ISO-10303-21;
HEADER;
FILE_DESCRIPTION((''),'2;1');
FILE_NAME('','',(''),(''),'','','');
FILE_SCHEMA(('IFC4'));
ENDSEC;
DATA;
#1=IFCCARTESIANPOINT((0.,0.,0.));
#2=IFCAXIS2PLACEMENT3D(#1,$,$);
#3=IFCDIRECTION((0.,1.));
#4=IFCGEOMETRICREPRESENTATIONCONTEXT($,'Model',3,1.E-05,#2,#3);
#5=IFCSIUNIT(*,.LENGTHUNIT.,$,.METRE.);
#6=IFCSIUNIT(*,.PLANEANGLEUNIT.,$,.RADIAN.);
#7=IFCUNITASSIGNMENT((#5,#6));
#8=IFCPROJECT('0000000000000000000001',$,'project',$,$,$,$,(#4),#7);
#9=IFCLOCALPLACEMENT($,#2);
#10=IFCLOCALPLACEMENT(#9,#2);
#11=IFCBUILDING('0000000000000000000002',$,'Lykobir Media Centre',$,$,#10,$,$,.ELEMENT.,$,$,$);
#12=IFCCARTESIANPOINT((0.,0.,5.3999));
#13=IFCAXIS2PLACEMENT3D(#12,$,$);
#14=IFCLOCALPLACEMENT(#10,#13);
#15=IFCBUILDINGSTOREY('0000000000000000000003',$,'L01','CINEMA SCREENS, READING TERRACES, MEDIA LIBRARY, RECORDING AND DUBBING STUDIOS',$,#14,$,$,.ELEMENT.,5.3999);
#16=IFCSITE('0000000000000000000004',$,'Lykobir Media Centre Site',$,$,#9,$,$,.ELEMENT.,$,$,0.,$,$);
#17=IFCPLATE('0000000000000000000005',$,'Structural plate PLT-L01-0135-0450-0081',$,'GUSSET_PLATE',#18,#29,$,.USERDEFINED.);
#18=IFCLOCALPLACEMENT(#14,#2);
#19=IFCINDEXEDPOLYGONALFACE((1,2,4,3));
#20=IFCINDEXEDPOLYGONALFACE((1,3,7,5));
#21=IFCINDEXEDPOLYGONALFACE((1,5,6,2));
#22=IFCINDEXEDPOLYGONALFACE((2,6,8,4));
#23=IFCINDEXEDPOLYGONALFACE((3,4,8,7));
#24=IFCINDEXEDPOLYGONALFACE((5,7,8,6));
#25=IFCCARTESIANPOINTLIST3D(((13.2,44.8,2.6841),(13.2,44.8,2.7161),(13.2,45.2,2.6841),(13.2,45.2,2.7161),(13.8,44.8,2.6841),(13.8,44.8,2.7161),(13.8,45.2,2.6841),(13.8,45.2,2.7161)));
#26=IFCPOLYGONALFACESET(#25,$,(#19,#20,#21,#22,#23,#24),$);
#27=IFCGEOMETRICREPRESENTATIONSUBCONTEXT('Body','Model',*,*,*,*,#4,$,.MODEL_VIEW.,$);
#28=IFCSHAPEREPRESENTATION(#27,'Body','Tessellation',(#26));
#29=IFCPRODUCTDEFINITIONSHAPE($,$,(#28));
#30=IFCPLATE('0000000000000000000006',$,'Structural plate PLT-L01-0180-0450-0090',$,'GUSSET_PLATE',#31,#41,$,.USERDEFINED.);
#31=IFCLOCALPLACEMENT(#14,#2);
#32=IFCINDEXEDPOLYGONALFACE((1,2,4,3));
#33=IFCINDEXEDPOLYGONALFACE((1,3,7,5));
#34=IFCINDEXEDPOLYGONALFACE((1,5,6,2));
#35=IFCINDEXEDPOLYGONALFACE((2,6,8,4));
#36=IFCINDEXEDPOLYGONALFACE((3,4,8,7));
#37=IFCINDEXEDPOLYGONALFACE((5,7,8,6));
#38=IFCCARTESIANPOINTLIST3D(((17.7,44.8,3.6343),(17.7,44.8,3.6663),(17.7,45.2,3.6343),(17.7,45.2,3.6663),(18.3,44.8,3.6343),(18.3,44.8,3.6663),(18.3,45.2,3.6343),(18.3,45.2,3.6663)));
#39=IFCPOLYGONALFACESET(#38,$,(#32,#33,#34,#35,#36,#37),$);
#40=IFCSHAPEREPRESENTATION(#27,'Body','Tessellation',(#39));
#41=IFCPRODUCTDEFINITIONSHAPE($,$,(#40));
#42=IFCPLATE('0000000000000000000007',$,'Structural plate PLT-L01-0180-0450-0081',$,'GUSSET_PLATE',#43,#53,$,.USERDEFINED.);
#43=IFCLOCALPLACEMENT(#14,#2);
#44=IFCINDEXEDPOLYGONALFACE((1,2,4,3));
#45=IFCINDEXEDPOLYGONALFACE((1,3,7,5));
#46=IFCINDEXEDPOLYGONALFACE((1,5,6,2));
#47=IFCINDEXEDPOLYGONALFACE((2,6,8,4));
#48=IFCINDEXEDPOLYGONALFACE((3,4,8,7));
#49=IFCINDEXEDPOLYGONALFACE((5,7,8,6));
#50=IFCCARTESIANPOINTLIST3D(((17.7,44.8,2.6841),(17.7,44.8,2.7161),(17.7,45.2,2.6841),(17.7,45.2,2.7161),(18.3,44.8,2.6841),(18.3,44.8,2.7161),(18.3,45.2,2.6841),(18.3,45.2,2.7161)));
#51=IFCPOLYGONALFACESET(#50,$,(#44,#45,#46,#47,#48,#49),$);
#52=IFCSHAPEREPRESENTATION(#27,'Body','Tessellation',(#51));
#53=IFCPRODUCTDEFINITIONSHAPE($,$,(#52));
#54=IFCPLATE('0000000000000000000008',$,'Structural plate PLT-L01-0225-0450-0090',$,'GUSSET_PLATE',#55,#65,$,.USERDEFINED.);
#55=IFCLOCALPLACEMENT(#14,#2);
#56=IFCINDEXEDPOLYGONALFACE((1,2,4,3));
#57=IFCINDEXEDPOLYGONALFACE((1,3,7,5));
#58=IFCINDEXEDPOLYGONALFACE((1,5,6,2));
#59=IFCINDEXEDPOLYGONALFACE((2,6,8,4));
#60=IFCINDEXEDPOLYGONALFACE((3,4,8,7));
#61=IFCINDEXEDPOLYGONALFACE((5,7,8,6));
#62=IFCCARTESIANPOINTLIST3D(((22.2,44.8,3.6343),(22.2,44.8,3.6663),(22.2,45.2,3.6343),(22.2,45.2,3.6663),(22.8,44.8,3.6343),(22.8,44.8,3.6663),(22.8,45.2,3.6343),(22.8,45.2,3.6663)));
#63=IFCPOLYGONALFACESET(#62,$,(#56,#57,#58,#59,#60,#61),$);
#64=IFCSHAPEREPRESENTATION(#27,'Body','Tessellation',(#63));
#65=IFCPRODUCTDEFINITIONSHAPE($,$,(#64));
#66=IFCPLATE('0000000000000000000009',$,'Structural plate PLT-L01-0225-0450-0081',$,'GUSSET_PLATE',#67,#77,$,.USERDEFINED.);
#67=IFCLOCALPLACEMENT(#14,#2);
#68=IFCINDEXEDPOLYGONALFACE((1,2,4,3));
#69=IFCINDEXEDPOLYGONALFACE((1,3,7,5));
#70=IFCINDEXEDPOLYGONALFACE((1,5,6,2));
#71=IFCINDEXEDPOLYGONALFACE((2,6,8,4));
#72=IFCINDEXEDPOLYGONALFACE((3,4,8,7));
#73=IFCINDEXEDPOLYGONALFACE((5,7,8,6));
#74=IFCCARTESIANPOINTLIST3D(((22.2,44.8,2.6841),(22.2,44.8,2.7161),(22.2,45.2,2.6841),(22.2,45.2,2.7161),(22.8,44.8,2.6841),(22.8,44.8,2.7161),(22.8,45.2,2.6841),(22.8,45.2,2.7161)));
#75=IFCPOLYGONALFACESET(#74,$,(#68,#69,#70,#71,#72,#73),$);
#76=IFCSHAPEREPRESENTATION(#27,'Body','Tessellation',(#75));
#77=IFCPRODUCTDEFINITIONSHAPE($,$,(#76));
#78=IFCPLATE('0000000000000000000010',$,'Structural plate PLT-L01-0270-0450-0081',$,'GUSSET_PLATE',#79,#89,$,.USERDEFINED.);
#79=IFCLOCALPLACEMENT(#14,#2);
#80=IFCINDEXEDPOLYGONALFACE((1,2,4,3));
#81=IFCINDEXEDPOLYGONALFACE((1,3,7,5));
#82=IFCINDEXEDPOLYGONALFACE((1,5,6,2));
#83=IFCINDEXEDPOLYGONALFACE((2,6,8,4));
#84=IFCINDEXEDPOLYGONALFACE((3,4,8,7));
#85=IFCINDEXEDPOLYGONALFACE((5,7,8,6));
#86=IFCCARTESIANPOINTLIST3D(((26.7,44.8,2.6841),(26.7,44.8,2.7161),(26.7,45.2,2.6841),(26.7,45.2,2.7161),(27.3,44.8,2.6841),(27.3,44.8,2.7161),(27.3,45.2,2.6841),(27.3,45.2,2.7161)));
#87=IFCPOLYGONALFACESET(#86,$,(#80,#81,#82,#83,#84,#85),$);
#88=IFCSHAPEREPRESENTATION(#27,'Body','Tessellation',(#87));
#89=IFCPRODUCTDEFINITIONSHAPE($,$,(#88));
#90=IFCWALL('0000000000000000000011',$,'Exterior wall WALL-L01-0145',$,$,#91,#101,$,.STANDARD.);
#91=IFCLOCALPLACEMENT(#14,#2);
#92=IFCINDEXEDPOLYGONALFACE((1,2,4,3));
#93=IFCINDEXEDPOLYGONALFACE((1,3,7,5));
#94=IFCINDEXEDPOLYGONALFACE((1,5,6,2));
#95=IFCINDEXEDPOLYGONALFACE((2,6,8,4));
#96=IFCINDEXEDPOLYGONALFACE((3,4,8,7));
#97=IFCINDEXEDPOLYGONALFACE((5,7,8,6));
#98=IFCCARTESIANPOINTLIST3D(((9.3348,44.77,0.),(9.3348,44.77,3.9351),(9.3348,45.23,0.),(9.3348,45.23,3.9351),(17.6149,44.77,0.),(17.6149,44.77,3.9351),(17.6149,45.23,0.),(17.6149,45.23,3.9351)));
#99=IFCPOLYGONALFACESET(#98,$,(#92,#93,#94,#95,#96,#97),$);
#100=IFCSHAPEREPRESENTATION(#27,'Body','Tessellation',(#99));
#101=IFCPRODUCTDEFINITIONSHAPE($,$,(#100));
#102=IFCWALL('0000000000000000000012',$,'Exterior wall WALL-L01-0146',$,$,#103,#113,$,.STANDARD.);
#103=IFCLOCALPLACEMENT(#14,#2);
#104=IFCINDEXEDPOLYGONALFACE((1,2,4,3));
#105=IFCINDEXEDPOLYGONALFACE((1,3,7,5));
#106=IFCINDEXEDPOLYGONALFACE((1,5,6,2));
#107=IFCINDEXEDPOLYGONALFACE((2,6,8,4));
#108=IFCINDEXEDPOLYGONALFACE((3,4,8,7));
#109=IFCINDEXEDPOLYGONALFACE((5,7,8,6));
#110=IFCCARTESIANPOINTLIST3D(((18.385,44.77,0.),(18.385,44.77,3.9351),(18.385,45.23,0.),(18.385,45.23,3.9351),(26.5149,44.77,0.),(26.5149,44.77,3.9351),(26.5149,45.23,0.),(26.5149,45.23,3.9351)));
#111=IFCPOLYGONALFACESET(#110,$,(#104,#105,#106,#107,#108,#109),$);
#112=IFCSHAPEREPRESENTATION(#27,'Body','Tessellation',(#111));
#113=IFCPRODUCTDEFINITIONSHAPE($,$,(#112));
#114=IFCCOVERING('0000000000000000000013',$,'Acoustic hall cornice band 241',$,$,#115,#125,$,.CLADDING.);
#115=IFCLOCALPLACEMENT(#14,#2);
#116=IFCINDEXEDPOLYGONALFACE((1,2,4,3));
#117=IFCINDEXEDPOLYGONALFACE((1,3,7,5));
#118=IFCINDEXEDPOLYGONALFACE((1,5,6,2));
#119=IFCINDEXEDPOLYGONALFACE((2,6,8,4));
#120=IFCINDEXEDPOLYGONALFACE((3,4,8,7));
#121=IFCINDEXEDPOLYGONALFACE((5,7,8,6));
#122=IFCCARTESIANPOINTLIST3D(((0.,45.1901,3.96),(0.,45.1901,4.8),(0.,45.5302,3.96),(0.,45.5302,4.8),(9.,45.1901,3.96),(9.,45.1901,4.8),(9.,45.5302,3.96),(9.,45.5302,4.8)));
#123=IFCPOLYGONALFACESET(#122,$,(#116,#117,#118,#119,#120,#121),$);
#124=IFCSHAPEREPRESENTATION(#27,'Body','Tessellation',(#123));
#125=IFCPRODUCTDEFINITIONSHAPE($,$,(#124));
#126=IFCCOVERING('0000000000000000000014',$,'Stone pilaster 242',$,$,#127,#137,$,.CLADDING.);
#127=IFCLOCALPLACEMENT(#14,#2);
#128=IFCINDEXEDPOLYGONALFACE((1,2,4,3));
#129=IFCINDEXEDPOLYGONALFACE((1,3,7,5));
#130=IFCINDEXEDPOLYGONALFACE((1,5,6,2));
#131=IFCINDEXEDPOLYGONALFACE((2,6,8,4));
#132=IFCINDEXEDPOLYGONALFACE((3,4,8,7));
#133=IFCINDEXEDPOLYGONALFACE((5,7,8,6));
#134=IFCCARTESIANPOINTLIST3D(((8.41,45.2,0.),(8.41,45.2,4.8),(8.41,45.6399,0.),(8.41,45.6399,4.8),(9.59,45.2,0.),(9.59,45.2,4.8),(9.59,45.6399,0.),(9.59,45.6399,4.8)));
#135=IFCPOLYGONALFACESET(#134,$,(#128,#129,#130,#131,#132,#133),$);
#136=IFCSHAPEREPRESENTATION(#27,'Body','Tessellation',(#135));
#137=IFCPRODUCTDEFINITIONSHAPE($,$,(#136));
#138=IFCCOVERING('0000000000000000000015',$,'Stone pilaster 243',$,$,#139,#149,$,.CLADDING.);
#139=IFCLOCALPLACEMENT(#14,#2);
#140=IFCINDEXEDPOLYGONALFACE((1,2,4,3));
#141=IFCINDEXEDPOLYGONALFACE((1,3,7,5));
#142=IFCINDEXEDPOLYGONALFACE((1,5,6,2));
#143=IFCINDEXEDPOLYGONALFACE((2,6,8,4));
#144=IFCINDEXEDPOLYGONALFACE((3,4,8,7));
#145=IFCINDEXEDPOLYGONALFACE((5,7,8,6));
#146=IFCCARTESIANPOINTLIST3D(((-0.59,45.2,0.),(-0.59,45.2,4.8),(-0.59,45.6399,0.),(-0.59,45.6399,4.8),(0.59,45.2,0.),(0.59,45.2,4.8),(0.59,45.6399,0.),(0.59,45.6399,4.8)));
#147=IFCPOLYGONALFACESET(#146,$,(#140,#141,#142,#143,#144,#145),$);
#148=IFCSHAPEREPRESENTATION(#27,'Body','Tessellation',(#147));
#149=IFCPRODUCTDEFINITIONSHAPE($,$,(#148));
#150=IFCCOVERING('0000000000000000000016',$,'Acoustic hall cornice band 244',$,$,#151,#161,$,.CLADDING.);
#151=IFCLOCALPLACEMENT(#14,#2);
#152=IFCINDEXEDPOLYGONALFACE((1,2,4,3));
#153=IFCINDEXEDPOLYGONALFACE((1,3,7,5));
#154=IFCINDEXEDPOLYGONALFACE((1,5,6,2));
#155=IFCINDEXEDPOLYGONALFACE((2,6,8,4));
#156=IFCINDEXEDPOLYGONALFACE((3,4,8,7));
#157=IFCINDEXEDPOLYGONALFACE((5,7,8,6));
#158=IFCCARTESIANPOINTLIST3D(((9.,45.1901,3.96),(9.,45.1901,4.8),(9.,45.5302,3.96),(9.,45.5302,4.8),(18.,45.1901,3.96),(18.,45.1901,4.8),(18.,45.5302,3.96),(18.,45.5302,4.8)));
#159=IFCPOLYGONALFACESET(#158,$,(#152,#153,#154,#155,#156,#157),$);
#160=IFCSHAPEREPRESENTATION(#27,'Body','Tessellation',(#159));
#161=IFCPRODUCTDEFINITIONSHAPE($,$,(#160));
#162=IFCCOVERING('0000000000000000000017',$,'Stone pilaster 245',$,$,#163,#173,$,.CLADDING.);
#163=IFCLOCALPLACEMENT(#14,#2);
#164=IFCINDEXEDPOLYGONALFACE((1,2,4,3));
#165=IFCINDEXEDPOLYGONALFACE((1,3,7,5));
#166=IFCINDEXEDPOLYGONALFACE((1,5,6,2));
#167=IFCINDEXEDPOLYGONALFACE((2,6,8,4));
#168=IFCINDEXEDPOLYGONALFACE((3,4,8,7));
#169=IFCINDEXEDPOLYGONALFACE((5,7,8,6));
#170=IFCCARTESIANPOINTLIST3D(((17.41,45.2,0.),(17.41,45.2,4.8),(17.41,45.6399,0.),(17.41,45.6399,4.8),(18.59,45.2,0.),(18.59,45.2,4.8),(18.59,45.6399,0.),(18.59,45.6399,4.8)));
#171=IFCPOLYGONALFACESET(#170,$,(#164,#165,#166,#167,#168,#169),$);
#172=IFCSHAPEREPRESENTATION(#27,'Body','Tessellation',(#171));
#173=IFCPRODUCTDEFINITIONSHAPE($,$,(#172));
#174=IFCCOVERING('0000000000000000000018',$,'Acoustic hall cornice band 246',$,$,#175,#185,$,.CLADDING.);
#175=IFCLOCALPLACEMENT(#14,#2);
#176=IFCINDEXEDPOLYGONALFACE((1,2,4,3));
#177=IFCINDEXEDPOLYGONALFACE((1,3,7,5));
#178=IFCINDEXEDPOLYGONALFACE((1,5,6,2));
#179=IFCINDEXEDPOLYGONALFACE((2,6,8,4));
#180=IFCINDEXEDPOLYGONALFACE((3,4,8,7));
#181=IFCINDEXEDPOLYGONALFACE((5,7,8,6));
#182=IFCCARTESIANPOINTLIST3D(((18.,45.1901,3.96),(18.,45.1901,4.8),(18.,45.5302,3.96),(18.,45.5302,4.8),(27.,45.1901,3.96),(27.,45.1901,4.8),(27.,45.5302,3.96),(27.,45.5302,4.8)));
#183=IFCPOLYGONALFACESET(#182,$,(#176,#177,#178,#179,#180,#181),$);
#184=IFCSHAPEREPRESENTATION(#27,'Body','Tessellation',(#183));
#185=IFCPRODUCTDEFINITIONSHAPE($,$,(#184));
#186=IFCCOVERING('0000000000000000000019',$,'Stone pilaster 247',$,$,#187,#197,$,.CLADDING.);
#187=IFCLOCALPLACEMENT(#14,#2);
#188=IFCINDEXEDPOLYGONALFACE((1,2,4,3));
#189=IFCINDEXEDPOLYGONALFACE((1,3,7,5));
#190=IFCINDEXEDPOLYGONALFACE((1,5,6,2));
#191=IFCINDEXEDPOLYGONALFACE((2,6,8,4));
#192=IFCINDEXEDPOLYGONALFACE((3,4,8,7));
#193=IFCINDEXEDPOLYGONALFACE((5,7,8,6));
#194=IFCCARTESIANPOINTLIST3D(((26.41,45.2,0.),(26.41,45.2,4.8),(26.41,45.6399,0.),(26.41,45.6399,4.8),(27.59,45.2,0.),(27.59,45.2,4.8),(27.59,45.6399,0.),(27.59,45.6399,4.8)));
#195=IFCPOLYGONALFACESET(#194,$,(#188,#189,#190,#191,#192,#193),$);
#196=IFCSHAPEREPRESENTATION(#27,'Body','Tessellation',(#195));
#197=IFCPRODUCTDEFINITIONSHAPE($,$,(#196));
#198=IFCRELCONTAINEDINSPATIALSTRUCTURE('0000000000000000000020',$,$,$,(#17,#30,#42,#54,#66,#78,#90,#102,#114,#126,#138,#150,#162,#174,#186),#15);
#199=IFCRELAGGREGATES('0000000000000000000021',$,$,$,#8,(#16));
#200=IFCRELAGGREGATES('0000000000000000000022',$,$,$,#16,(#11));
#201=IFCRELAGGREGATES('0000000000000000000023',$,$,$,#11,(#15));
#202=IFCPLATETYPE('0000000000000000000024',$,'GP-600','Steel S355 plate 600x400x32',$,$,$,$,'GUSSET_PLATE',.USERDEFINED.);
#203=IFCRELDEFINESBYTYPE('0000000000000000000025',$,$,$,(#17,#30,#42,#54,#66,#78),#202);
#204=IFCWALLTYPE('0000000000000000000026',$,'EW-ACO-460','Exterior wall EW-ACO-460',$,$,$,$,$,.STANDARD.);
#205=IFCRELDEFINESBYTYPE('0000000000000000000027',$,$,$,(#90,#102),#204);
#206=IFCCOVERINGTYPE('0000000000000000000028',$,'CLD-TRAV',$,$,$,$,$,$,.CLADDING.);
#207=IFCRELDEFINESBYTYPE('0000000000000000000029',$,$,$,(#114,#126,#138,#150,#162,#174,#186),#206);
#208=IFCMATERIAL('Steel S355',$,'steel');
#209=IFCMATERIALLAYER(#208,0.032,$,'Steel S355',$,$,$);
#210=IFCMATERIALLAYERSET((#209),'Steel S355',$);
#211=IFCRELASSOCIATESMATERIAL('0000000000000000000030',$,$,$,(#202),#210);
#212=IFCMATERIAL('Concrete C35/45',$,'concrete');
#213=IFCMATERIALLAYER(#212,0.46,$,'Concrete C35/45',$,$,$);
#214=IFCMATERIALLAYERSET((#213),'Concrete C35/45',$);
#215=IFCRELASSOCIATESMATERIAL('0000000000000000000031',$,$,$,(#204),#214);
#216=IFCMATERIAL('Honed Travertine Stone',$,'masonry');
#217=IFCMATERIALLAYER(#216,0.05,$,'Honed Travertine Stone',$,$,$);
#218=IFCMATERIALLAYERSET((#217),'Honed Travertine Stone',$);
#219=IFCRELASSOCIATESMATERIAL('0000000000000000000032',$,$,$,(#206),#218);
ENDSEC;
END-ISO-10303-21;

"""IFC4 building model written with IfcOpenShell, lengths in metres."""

from ifc_helpers import new_model, si_unit, direction, frame, frame_2d, origin, origin_2d, place, context, subcontext, project, spatial, rectangle, extrude, material, layer, layer_set, type_object, element, save


model = new_model("IFC4")

# Units and contexts
model_context = context("Model", 3, precision=1e-05, world=origin(), true_north=direction((0.0, 1.0)))
body_context = subcontext(model_context, "Body", "Model", "MODEL_VIEW")
ifc_project = project(units=[si_unit("LENGTHUNIT", "METRE"), si_unit("PLANEANGLEUNIT", "RADIAN")], contexts=[model_context])

# Site, building, storey
site_placement = place(None, origin())
site = spatial("IfcSite", under=ifc_project, at=site_placement, Name="Lykobir Media Centre Site", CompositionType="ELEMENT", RefElevation=0.0)
building_placement = place(site_placement, origin())
building = spatial("IfcBuilding", under=site, at=building_placement, Name="Lykobir Media Centre", CompositionType="ELEMENT")
storey_placement = place(building_placement, frame((0.0, 0.0, 5.3999)))
storey = spatial("IfcBuildingStorey", under=building, at=storey_placement, Name="L01", Description="CINEMA SCREENS, READING TERRACES, MEDIA LIBRARY, RECORDING AND DUBBING STUDIOS", CompositionType="ELEMENT", Elevation=5.3999)

# Shared definitions
ifc_material_1 = material(Name="Steel S355", Category="steel")

# Plates
ifc_layer_1 = layer(ifc_material_1, 0.032, Name="Steel S355")
ifc_layer_set_1 = layer_set([ifc_layer_1], Name="Steel S355")
plate_type_1 = type_object("IfcPlateType", Name="GP-600", Description="Steel S355 plate 600x400x32", ElementType="GUSSET_PLATE", PredefinedType="USERDEFINED", material=ifc_layer_set_1)
for number, where, z_axis, x_axis, name in (
    (1, (13.5, 45.0, 2.6841), (0.0, 0.0, 1.0), (1.0, 0.0, 0.0), "Structural plate PLT-L01-0135-0450-0081"),
    (2, (18.0, 45.0, 3.6343), (0.0, 0.0, 1.0), (1.0, 0.0, 0.0), "Structural plate PLT-L01-0180-0450-0090"),
    (3, (18.0, 45.0, 2.6841), (0.0, 0.0, 1.0), (1.0, 0.0, 0.0), "Structural plate PLT-L01-0180-0450-0081"),
    (4, (22.5, 45.0, 3.6343), (0.0, 0.0, 1.0), (1.0, 0.0, 0.0), "Structural plate PLT-L01-0225-0450-0090"),
    (5, (22.5, 45.0, 2.6841), (0.0, 0.0, 1.0), (1.0, 0.0, 0.0), "Structural plate PLT-L01-0225-0450-0081"),
    (6, (27.0, 45.0, 2.6841), (0.0, 0.0, 1.0), (1.0, 0.0, 0.0), "Structural plate PLT-L01-0270-0450-0081"),
):
    element("IfcPlate", number, at=place(storey_placement, frame(where, z_axis=z_axis, x_axis=x_axis)), inside=storey, type_object=plate_type_1, Name=name, ObjectType="GUSSET_PLATE", PredefinedType="USERDEFINED", context=body_context, shape_type="SweptSolid", body=[
        extrude(rectangle(XDim=0.6001, YDim=0.3999, at=origin_2d()), origin(), (0.0, 0.0, 1.0), 0.032),
    ])

# Walls
ifc_material_2 = material(Name="Concrete C35/45", Category="concrete")
ifc_layer_2 = layer(ifc_material_2, 0.46, Name="Concrete C35/45")
ifc_layer_set_2 = layer_set([ifc_layer_2], Name="Concrete C35/45")
wall_type = type_object("IfcWallType", Name="EW-ACO-460", Description="Exterior wall EW-ACO-460", PredefinedType="STANDARD", material=ifc_layer_set_2)
wall_1_placement = place(storey_placement, frame((17.615, 45.0, 0.0), z_axis=(0.0, 0.0, 1.0), x_axis=(-1.0, 0.0, 0.0)))
element("IfcWall", 7, at=wall_1_placement, inside=storey, type_object=wall_type, Name="Exterior wall WALL-L01-0145", PredefinedType="STANDARD", context=body_context, shape_type="SweptSolid", body=[
    extrude(rectangle(XDim=8.28, YDim=0.46, at=frame_2d((4.1401, 0.0))), origin(), (0.0, 0.0, 1.0), 3.9351),
])
wall_2_placement = place(storey_placement, frame((26.5149, 45.0, 0.0), z_axis=(0.0, 0.0, 1.0), x_axis=(-1.0, 0.0, 0.0)))
element("IfcWall", 8, at=wall_2_placement, inside=storey, type_object=wall_type, Name="Exterior wall WALL-L01-0146", PredefinedType="STANDARD", context=body_context, shape_type="SweptSolid", body=[
    extrude(rectangle(XDim=8.1299, YDim=0.46, at=frame_2d((4.0649, 0.0))), origin(), (0.0, 0.0, 1.0), 3.9351),
])

# Coverings
ifc_material_3 = material(Name="Honed Travertine Stone", Category="masonry")
ifc_layer_3 = layer(ifc_material_3, 0.05, Name="Honed Travertine Stone")
ifc_layer_set_3 = layer_set([ifc_layer_3], Name="Honed Travertine Stone")
covering_type = type_object("IfcCoveringType", Name="CLD-TRAV", PredefinedType="CLADDING", material=ifc_layer_set_3)
covering_1_placement = place(storey_placement, frame((4.5, 45.3601, 3.96), z_axis=(0.0, 0.0, 1.0), x_axis=(-1.0, 0.0, 0.0)))
element("IfcCovering", 9, at=covering_1_placement, inside=storey, type_object=covering_type, Name="Acoustic hall cornice band 241", PredefinedType="CLADDING", context=body_context, shape_type="SweptSolid", body=[
    extrude(rectangle(XDim=9.0, YDim=0.3401, at=origin_2d()), origin(), (0.0, 0.0, 1.0), 0.8401),
])
for number, where, z_axis, x_axis, name in (
    (10, (9.0, 45.4199, 0.0), (0.0, 0.0, 1.0), (-1.0, 0.0, 0.0), "Stone pilaster 242"),
    (11, (0.0, 45.4199, 0.0), (0.0, 0.0, 1.0), (-1.0, 0.0, 0.0), "Stone pilaster 243"),
):
    element("IfcCovering", number, at=place(storey_placement, frame(where, z_axis=z_axis, x_axis=x_axis)), inside=storey, type_object=covering_type, Name=name, PredefinedType="CLADDING", context=body_context, shape_type="SweptSolid", body=[
        extrude(rectangle(XDim=1.1799, YDim=0.4399, at=origin_2d()), origin(), (0.0, 0.0, 1.0), 4.8),
    ])
covering_2_placement = place(storey_placement, frame((13.5, 45.3601, 3.96), z_axis=(0.0, 0.0, 1.0), x_axis=(-1.0, 0.0, 0.0)))
element("IfcCovering", 12, at=covering_2_placement, inside=storey, type_object=covering_type, Name="Acoustic hall cornice band 244", PredefinedType="CLADDING", context=body_context, shape_type="SweptSolid", body=[
    extrude(rectangle(XDim=9.0, YDim=0.3401, at=origin_2d()), origin(), (0.0, 0.0, 1.0), 0.8401),
])
covering_3_placement = place(storey_placement, frame((18.0, 45.4199, 0.0), z_axis=(0.0, 0.0, 1.0), x_axis=(-1.0, 0.0, 0.0)))
element("IfcCovering", 13, at=covering_3_placement, inside=storey, type_object=covering_type, Name="Stone pilaster 245", PredefinedType="CLADDING", context=body_context, shape_type="SweptSolid", body=[
    extrude(rectangle(XDim=1.1799, YDim=0.4399, at=origin_2d()), origin(), (0.0, 0.0, 1.0), 4.8),
])
covering_4_placement = place(storey_placement, frame((22.5, 45.3601, 3.96), z_axis=(0.0, 0.0, 1.0), x_axis=(-1.0, 0.0, 0.0)))
element("IfcCovering", 14, at=covering_4_placement, inside=storey, type_object=covering_type, Name="Acoustic hall cornice band 246", PredefinedType="CLADDING", context=body_context, shape_type="SweptSolid", body=[
    extrude(rectangle(XDim=9.0, YDim=0.3401, at=origin_2d()), origin(), (0.0, 0.0, 1.0), 0.8401),
])
covering_5_placement = place(storey_placement, frame((27.0, 45.4199, 0.0), z_axis=(0.0, 0.0, 1.0), x_axis=(-1.0, 0.0, 0.0)))
element("IfcCovering", 15, at=covering_5_placement, inside=storey, type_object=covering_type, Name="Stone pilaster 247", PredefinedType="CLADDING", context=body_context, shape_type="SweptSolid", body=[
    extrude(rectangle(XDim=1.1799, YDim=0.4399, at=origin_2d()), origin(), (0.0, 0.0, 1.0), 4.8),
])

save(model, "model.ifc")
